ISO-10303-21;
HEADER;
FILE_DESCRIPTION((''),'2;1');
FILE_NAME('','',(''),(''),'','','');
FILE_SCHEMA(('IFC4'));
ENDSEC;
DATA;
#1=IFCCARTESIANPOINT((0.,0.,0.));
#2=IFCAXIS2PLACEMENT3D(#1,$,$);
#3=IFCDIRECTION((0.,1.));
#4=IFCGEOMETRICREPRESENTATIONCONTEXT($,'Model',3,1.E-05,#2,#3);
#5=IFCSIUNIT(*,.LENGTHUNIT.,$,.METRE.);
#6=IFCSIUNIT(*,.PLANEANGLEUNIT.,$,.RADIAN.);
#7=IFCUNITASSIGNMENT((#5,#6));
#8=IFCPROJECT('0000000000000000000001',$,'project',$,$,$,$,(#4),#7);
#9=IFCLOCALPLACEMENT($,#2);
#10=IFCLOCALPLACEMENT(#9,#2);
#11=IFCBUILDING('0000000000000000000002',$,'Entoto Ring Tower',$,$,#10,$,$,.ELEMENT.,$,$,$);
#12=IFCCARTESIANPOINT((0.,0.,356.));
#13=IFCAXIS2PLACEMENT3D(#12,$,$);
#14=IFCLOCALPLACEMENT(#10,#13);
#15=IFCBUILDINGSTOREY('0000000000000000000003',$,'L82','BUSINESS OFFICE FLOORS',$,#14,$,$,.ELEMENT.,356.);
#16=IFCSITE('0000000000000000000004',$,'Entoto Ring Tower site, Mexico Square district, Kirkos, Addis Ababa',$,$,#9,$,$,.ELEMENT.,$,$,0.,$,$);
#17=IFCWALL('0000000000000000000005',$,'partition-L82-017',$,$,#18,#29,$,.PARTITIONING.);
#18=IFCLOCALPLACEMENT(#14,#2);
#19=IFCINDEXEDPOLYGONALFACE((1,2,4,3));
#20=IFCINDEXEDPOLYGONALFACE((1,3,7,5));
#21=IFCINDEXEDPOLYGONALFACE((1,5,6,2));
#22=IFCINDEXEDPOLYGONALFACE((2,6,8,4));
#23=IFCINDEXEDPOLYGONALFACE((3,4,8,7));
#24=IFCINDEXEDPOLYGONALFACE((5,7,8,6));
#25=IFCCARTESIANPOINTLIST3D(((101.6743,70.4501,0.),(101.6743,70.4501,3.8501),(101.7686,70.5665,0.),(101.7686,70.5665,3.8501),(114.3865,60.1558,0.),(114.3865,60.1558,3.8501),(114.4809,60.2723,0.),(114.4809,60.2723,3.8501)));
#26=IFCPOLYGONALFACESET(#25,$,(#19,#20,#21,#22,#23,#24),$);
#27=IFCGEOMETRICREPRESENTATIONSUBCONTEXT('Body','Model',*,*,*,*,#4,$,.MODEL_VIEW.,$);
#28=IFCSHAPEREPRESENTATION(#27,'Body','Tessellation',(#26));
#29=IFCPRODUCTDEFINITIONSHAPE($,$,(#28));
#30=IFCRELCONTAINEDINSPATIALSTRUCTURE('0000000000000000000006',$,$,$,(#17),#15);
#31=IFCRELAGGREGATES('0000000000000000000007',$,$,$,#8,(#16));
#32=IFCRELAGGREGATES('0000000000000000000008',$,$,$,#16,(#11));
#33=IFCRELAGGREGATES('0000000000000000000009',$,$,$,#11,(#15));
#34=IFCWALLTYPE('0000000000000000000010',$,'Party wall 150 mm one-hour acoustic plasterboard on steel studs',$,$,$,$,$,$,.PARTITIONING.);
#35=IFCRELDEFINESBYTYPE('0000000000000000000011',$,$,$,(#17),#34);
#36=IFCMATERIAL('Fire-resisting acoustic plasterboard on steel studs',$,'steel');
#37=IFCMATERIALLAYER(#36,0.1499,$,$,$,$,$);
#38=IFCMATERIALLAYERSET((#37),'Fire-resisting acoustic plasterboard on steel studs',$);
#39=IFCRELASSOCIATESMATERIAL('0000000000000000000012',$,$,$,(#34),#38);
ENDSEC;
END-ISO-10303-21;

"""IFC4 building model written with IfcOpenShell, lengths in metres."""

from ifc_helpers import new_model, si_unit, direction, frame, frame_2d, origin, place, context, subcontext, project, spatial, rectangle, extrude, material, layer, layer_set, type_object, element, save


model = new_model("IFC4")

# Units and contexts
model_context = context("Model", 3, precision=1e-05, world=origin(), true_north=direction((0.0, 1.0)))
body_context = subcontext(model_context, "Body", "Model", "MODEL_VIEW")
ifc_project = project(units=[si_unit("LENGTHUNIT", "METRE"), si_unit("PLANEANGLEUNIT", "RADIAN")], contexts=[model_context])

# Site, building, storey
site_placement = place(None, origin())
site = spatial("IfcSite", under=ifc_project, at=site_placement, Name="Entoto Ring Tower site, Mexico Square district, Kirkos, Addis Ababa", CompositionType="ELEMENT", RefElevation=0.0)
building_placement = place(site_placement, origin())
building = spatial("IfcBuilding", under=site, at=building_placement, Name="Entoto Ring Tower", CompositionType="ELEMENT")
storey_placement = place(building_placement, frame((0.0, 0.0, 356.0)))
storey = spatial("IfcBuildingStorey", under=building, at=storey_placement, Name="L82", Description="BUSINESS OFFICE FLOORS", CompositionType="ELEMENT", Elevation=356.0)

# Wall
ifc_material_1 = material(Name="Fire-resisting acoustic plasterboard on steel studs", Category="steel")
ifc_layer_1 = layer(ifc_material_1, 0.1499)
ifc_layer_set_1 = layer_set([ifc_layer_1], Name="Fire-resisting acoustic plasterboard on steel studs")
wall_type_1 = type_object("IfcWallType", Name="Party wall 150 mm one-hour acoustic plasterboard on steel studs", PredefinedType="PARTITIONING", material=ifc_layer_set_1)
wall_1_placement = place(storey_placement, frame((114.4336, 60.2141, 0.0), z_axis=(0.0, 0.0, 1.0), x_axis=(-0.777143, 0.629324, 0.0)))
element("IfcWall", 1, at=wall_1_placement, inside=storey, type_object=wall_type_1, Name="partition-L82-017", PredefinedType="PARTITIONING", context=body_context, shape_type="SweptSolid", body=[
    extrude(rectangle(XDim=16.3577, YDim=0.1499, at=frame_2d((8.1787, 0.0))), origin(), (0.0, 0.0, 1.0), 3.8501),
])

save(model, "model.ifc")
